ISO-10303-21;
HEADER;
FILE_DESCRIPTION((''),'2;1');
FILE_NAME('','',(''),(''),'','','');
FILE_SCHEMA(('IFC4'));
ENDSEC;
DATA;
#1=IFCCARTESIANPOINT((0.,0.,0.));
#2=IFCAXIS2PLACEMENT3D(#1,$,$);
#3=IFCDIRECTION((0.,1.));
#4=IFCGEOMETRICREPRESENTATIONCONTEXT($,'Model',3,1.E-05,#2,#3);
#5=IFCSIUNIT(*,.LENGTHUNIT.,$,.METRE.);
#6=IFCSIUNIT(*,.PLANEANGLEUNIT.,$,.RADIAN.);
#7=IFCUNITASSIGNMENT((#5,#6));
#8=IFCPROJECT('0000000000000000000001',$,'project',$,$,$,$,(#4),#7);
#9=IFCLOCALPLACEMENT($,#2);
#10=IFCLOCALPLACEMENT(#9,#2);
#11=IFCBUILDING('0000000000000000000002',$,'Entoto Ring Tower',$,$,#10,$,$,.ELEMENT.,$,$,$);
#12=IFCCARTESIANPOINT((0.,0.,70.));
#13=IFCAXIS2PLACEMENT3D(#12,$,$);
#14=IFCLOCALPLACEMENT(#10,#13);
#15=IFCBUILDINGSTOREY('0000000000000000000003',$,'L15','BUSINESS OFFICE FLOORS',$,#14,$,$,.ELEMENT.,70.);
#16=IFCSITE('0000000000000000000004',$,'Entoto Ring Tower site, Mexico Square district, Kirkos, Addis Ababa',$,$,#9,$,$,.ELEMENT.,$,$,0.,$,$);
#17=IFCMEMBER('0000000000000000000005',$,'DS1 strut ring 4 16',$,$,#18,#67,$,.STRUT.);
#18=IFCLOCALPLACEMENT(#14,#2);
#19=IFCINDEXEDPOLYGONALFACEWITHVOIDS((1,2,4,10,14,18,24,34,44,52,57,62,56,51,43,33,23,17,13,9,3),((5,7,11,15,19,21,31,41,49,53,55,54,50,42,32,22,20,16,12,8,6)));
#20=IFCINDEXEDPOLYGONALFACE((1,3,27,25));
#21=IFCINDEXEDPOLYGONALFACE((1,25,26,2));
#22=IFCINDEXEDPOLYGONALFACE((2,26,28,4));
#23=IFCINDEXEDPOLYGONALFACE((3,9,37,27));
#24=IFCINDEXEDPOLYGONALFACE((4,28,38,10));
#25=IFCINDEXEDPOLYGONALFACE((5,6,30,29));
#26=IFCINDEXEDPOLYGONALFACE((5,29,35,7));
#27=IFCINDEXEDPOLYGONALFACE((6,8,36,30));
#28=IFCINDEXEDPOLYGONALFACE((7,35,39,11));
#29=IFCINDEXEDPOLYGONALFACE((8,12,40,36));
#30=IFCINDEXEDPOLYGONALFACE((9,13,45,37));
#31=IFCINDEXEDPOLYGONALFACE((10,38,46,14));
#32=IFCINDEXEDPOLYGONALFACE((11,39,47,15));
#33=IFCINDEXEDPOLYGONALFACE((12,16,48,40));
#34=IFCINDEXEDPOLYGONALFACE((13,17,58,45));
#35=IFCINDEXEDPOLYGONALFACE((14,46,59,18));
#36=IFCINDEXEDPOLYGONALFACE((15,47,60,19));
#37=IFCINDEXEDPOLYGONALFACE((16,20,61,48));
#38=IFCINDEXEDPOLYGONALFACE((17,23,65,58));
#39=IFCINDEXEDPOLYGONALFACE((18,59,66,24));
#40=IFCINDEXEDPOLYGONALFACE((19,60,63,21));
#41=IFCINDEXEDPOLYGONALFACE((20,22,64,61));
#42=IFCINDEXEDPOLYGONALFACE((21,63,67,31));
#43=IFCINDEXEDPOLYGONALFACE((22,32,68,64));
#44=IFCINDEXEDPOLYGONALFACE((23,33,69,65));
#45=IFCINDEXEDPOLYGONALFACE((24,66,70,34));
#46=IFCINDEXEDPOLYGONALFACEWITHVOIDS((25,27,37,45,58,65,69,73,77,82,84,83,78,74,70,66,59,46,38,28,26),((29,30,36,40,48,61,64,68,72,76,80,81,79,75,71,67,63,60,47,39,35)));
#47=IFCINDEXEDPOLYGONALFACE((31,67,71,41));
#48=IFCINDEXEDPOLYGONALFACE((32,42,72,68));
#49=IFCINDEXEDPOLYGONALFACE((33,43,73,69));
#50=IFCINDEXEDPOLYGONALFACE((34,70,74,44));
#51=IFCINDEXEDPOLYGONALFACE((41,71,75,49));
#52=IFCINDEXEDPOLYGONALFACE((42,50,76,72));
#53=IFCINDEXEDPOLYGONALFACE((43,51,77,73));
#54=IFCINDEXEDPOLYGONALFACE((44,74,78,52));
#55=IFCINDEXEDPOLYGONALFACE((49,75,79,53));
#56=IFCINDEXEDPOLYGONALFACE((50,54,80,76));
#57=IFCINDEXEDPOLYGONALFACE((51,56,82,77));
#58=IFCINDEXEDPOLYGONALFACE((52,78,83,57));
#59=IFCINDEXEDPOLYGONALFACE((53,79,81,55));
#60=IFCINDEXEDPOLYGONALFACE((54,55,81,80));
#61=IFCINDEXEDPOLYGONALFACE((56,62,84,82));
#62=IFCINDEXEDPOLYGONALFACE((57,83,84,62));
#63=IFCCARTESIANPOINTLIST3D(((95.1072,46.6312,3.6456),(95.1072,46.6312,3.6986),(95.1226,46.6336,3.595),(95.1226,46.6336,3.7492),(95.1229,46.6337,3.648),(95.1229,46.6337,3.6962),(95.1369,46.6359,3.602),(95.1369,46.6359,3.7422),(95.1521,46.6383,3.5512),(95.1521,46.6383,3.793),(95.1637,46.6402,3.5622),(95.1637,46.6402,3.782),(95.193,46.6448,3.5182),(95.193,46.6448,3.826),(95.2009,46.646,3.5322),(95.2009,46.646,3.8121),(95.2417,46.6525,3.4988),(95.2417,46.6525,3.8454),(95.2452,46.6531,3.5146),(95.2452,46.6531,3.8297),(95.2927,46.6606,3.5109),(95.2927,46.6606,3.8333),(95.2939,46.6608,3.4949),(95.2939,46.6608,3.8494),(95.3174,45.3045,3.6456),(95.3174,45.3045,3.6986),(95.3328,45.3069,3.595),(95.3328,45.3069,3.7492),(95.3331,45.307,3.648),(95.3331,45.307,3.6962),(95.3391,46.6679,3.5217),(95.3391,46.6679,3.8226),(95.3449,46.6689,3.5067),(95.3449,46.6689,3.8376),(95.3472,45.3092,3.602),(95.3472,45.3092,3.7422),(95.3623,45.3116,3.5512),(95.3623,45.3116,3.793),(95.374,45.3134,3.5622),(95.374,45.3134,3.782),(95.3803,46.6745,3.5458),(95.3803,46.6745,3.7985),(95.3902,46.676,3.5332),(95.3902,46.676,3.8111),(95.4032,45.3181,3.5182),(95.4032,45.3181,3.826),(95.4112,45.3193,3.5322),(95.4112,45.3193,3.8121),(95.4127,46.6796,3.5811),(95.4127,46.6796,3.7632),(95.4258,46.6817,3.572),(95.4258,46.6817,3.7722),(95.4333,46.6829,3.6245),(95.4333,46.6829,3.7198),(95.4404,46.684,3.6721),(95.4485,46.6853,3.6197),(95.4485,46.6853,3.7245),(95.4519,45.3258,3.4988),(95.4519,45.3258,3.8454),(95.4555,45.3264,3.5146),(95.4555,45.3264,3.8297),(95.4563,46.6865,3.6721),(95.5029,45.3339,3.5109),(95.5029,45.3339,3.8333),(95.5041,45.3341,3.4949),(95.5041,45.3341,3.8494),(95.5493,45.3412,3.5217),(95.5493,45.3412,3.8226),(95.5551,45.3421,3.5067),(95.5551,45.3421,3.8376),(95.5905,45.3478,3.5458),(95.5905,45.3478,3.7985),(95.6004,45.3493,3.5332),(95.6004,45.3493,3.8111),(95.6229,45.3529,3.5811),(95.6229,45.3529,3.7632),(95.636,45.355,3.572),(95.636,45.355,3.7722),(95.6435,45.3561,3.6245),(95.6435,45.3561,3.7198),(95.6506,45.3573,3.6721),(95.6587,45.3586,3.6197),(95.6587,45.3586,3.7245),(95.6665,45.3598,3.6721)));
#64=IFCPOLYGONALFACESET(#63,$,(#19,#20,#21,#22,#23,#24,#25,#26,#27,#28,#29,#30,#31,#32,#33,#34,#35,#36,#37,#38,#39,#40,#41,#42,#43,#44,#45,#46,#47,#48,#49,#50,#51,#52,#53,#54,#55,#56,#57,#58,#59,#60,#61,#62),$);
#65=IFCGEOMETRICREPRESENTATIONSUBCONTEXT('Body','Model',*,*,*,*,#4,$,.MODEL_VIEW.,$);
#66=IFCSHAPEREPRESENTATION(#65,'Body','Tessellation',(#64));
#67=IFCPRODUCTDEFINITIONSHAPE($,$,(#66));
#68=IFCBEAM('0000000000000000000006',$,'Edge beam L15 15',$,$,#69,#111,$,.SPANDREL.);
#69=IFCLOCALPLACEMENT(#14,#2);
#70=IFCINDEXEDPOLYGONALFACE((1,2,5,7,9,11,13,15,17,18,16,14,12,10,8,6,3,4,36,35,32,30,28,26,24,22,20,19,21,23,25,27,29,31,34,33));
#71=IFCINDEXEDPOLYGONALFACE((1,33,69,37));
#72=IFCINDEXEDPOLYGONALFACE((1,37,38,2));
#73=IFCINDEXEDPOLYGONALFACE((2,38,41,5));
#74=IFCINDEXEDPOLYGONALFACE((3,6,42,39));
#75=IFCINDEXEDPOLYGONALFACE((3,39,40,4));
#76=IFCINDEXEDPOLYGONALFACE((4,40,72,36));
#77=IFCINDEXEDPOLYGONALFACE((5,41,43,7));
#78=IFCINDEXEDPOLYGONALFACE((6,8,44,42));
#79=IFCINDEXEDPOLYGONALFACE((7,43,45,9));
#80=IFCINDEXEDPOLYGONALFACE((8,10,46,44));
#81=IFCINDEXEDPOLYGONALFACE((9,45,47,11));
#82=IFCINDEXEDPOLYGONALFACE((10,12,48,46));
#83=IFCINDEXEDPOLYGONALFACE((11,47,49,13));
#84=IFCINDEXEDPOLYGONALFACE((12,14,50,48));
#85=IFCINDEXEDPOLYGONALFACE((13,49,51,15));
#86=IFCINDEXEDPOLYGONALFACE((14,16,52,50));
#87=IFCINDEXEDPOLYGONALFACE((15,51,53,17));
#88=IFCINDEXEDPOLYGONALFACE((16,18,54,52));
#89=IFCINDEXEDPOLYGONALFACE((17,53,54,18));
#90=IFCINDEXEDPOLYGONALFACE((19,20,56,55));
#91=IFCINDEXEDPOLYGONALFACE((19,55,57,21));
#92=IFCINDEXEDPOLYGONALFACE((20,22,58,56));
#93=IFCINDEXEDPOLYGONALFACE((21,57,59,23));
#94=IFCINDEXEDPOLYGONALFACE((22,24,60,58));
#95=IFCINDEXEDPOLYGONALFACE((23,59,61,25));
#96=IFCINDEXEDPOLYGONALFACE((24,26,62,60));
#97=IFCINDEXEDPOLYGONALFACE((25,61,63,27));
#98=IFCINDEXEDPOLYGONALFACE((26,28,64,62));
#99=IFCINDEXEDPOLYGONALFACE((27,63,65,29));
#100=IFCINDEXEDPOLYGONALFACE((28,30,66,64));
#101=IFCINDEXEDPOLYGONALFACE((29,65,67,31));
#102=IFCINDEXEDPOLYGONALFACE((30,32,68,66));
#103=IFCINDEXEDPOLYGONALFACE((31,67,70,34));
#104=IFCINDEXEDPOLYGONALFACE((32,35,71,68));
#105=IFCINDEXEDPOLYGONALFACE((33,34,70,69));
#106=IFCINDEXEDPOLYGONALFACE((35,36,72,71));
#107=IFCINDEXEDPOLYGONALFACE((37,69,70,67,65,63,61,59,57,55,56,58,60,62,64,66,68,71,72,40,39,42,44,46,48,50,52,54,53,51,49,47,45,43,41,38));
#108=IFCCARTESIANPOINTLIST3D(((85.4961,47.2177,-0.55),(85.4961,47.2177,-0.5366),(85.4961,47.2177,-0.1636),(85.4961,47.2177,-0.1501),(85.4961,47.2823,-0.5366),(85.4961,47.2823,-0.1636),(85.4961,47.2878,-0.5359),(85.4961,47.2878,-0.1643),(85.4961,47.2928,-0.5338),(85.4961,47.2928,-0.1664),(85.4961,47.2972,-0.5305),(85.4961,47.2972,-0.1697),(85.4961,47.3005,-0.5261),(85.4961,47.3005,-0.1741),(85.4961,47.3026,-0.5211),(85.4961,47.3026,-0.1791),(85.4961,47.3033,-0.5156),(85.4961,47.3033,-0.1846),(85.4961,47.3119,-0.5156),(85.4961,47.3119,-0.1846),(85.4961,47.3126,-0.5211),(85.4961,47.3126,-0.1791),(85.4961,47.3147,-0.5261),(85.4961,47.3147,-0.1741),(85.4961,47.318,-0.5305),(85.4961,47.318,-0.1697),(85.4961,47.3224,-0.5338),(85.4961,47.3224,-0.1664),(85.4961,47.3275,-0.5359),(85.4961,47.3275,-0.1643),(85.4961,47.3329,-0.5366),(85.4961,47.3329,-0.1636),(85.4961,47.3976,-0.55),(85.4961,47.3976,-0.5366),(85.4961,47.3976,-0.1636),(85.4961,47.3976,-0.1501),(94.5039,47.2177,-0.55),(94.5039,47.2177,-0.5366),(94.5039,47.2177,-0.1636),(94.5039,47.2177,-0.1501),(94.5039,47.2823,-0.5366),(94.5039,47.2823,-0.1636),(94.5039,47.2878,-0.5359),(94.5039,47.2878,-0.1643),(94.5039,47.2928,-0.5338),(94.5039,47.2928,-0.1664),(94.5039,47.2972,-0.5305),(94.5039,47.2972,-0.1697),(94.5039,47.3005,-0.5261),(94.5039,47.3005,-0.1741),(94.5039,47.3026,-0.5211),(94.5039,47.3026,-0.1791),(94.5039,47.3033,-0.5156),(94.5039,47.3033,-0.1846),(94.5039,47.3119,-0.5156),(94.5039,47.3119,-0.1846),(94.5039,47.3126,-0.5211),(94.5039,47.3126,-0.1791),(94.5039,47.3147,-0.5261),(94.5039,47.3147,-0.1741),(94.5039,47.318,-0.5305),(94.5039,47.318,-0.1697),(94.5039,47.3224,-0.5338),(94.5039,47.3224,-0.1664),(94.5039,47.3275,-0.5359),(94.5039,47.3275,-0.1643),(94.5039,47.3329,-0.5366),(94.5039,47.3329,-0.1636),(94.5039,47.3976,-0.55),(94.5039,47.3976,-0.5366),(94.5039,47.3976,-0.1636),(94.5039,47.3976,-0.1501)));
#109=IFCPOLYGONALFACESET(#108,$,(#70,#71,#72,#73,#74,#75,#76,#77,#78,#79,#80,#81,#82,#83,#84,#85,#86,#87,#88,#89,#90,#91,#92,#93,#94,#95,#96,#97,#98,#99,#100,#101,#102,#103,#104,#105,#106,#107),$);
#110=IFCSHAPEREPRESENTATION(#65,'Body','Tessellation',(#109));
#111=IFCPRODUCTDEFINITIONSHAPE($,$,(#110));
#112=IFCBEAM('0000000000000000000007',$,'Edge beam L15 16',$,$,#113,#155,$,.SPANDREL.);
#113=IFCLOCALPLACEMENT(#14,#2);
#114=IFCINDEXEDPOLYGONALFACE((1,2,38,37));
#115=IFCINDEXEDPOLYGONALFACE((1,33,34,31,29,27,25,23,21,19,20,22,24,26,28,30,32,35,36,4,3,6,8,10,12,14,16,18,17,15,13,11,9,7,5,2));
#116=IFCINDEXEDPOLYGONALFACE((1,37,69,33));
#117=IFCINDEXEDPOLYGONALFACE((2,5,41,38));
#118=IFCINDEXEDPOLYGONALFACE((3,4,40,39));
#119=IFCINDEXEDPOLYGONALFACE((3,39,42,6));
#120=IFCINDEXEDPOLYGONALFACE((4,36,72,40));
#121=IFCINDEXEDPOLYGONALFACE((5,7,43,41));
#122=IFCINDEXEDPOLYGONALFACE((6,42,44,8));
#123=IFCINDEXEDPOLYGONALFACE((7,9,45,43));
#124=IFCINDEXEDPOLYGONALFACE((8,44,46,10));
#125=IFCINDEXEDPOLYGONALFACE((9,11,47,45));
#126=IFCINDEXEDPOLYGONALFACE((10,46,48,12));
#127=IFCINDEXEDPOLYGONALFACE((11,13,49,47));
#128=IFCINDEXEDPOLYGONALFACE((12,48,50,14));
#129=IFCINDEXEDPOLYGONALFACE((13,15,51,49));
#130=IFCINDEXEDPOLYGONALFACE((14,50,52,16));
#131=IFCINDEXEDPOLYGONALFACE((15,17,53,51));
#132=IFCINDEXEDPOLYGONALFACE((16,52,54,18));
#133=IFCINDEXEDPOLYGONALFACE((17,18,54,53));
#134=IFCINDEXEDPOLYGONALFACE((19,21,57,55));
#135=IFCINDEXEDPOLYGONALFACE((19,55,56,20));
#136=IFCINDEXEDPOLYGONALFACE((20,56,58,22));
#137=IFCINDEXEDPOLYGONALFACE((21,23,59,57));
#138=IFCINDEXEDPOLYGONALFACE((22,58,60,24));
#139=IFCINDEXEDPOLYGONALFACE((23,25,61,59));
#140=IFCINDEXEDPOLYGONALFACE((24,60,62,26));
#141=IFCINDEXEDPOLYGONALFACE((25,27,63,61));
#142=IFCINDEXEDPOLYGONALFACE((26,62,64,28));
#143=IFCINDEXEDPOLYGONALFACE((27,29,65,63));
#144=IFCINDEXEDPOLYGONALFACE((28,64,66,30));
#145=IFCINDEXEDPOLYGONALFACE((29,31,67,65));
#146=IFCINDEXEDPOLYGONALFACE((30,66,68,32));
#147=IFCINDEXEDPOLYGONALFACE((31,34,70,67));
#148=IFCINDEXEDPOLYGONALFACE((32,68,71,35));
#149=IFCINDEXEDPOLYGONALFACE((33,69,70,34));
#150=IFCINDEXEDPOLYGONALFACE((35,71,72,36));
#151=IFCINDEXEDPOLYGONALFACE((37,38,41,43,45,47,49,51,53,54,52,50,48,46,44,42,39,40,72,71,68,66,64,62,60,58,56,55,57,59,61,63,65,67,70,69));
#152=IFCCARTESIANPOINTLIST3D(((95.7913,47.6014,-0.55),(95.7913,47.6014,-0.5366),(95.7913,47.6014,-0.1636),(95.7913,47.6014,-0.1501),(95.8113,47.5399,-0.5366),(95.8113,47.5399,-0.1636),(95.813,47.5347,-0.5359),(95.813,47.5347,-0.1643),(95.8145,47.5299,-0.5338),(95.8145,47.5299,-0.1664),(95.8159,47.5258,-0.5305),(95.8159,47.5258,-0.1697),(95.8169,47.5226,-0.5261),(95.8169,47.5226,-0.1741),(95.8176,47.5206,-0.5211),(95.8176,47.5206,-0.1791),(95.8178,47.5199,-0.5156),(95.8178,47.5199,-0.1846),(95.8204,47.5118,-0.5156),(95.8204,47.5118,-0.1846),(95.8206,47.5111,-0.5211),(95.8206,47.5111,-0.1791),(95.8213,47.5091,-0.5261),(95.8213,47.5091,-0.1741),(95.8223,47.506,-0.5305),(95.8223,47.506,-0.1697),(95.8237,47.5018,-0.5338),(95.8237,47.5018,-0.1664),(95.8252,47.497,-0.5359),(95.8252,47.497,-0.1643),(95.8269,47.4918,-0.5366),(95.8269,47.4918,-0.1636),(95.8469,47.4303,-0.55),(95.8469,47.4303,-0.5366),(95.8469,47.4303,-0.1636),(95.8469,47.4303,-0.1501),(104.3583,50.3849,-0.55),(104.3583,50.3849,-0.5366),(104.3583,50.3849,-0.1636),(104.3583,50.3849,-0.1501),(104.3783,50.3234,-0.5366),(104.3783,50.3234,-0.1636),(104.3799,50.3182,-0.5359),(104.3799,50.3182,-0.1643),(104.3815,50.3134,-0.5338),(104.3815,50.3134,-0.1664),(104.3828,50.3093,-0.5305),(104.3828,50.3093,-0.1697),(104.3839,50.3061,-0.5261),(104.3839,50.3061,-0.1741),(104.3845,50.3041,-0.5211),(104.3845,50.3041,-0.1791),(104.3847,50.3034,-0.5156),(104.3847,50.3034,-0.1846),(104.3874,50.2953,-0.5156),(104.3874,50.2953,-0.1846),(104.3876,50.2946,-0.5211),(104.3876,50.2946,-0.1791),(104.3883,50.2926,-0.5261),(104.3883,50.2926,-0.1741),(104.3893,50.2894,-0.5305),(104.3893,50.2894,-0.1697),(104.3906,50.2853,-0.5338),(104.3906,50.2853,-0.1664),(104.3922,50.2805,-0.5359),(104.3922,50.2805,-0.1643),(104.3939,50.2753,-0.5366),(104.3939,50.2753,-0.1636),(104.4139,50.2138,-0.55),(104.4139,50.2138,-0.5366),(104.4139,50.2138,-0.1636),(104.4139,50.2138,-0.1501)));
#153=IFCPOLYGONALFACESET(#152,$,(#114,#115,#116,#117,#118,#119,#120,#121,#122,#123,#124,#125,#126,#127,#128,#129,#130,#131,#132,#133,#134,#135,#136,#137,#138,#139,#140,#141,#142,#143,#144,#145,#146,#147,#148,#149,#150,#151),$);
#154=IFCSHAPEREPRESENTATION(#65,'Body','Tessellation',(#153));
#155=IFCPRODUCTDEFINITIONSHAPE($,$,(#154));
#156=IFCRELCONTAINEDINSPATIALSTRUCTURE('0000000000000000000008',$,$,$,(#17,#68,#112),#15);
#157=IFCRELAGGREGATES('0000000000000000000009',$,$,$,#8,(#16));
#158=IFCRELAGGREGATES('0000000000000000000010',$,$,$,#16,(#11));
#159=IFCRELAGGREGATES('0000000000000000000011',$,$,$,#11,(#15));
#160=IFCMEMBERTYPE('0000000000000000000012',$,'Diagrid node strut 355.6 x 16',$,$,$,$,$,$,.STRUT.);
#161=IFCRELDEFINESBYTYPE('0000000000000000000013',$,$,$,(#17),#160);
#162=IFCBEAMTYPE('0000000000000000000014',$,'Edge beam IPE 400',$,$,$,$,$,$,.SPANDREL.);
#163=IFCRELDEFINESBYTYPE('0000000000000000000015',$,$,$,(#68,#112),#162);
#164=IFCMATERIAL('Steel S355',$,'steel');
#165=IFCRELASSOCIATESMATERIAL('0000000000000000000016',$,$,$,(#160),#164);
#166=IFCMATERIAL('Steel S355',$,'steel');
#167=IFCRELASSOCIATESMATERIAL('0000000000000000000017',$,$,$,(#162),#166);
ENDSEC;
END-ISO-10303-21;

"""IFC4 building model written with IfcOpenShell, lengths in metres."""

from ifc_helpers import new_model, si_unit, direction, frame, origin, origin_2d, place, context, subcontext, project, spatial, circle, hollow_circle, i_section, extrude, material, material_profile, profile_set, type_object, element, save


model = new_model("IFC4")

# Units and contexts
model_context = context("Model", 3, precision=1e-05, world=origin(), true_north=direction((0.0, 1.0)))
body_context = subcontext(model_context, "Body", "Model", "MODEL_VIEW")
ifc_project = project(units=[si_unit("LENGTHUNIT", "METRE"), si_unit("PLANEANGLEUNIT", "RADIAN")], contexts=[model_context])

# Site, building, storey
site_placement = place(None, origin())
site = spatial("IfcSite", under=ifc_project, at=site_placement, Name="Entoto Ring Tower site, Mexico Square district, Kirkos, Addis Ababa", CompositionType="ELEMENT", RefElevation=0.0)
building_placement = place(site_placement, origin())
building = spatial("IfcBuilding", under=site, at=building_placement, Name="Entoto Ring Tower", CompositionType="ELEMENT")
storey_placement = place(building_placement, frame((0.0, 0.0, 70.0)))
storey = spatial("IfcBuildingStorey", under=building, at=storey_placement, Name="L15", Description="BUSINESS OFFICE FLOORS", CompositionType="ELEMENT", Elevation=70.0)

# Member
ifc_material_1 = material(Name="Steel S355", Category="steel")
ifc_material_profile_1 = material_profile(ifc_material_1, hollow_circle(Radius=0.1777, WallThickness=0.0161, at=origin_2d()), Name="CHS 355.6 x 16")
ifc_material_2 = material(Name="Concrete C60/75", Category="concrete")
ifc_material_profile_2 = material_profile(ifc_material_2, circle(Radius=0.1619, at=origin_2d()), Name="Concrete C60/75 infill")
ifc_profile_set_1 = profile_set([ifc_material_profile_1, ifc_material_profile_2], Name="Steel S355")
member_type = type_object("IfcMemberType", Name="Diagrid node strut 355.6 x 16", PredefinedType="STRUT", material=ifc_profile_set_1)
member_placement = place(storey_placement, frame((95.2808, 46.6587, 3.6721), z_axis=(0.156495, -0.987679, 0.0), x_axis=(0.987679, 0.156495, 0.0)))
element("IfcMember", 1, at=member_placement, inside=storey, type_object=member_type, Name="DS1 strut ring 4 16", PredefinedType="STRUT", context=body_context, shape_type="SweptSolid", body=[
    extrude(hollow_circle(Radius=0.1777, WallThickness=0.0161, at=origin_2d()), origin(), (0.0, 0.0, 1.0), 1.3433),
])

# Beams
ifc_material_3 = material(Name="Steel S355", Category="steel")
ifc_material_profile_3 = material_profile(ifc_material_3, i_section(OverallWidth=0.1799, OverallDepth=0.3999, WebThickness=0.0085, FlangeThickness=0.0134, FilletRadius=0.021, at=origin_2d()), Name="IPE 400")
ifc_profile_set_2 = profile_set([ifc_material_profile_3], Name="Steel S355")
beam_type_1 = type_object("IfcBeamType", Name="Edge beam IPE 400", PredefinedType="SPANDREL", material=ifc_profile_set_2)
for number, where, z_axis, x_axis, name in (
    (2, (85.4961, 47.3076, -0.3501), (1.0, 0.0, 0.0), (0.0, 1.0, 0.0), "Edge beam L15 15"),
    (3, (95.8191, 47.5159, -0.3501), (0.95106, 0.309006, 0.0), (-0.309006, 0.95106, 0.0), "Edge beam L15 16"),
):
    element("IfcBeam", number, at=place(storey_placement, frame(where, z_axis=z_axis, x_axis=x_axis)), inside=storey, type_object=beam_type_1, Name=name, PredefinedType="SPANDREL", context=body_context, shape_type="SweptSolid", body=[
        extrude(i_section(OverallWidth=0.1799, OverallDepth=0.3999, WebThickness=0.0085, FlangeThickness=0.0134, FilletRadius=0.021, at=origin_2d()), origin(), (0.0, 0.0, 1.0), 9.0078),
    ])

save(model, "model.ifc")
